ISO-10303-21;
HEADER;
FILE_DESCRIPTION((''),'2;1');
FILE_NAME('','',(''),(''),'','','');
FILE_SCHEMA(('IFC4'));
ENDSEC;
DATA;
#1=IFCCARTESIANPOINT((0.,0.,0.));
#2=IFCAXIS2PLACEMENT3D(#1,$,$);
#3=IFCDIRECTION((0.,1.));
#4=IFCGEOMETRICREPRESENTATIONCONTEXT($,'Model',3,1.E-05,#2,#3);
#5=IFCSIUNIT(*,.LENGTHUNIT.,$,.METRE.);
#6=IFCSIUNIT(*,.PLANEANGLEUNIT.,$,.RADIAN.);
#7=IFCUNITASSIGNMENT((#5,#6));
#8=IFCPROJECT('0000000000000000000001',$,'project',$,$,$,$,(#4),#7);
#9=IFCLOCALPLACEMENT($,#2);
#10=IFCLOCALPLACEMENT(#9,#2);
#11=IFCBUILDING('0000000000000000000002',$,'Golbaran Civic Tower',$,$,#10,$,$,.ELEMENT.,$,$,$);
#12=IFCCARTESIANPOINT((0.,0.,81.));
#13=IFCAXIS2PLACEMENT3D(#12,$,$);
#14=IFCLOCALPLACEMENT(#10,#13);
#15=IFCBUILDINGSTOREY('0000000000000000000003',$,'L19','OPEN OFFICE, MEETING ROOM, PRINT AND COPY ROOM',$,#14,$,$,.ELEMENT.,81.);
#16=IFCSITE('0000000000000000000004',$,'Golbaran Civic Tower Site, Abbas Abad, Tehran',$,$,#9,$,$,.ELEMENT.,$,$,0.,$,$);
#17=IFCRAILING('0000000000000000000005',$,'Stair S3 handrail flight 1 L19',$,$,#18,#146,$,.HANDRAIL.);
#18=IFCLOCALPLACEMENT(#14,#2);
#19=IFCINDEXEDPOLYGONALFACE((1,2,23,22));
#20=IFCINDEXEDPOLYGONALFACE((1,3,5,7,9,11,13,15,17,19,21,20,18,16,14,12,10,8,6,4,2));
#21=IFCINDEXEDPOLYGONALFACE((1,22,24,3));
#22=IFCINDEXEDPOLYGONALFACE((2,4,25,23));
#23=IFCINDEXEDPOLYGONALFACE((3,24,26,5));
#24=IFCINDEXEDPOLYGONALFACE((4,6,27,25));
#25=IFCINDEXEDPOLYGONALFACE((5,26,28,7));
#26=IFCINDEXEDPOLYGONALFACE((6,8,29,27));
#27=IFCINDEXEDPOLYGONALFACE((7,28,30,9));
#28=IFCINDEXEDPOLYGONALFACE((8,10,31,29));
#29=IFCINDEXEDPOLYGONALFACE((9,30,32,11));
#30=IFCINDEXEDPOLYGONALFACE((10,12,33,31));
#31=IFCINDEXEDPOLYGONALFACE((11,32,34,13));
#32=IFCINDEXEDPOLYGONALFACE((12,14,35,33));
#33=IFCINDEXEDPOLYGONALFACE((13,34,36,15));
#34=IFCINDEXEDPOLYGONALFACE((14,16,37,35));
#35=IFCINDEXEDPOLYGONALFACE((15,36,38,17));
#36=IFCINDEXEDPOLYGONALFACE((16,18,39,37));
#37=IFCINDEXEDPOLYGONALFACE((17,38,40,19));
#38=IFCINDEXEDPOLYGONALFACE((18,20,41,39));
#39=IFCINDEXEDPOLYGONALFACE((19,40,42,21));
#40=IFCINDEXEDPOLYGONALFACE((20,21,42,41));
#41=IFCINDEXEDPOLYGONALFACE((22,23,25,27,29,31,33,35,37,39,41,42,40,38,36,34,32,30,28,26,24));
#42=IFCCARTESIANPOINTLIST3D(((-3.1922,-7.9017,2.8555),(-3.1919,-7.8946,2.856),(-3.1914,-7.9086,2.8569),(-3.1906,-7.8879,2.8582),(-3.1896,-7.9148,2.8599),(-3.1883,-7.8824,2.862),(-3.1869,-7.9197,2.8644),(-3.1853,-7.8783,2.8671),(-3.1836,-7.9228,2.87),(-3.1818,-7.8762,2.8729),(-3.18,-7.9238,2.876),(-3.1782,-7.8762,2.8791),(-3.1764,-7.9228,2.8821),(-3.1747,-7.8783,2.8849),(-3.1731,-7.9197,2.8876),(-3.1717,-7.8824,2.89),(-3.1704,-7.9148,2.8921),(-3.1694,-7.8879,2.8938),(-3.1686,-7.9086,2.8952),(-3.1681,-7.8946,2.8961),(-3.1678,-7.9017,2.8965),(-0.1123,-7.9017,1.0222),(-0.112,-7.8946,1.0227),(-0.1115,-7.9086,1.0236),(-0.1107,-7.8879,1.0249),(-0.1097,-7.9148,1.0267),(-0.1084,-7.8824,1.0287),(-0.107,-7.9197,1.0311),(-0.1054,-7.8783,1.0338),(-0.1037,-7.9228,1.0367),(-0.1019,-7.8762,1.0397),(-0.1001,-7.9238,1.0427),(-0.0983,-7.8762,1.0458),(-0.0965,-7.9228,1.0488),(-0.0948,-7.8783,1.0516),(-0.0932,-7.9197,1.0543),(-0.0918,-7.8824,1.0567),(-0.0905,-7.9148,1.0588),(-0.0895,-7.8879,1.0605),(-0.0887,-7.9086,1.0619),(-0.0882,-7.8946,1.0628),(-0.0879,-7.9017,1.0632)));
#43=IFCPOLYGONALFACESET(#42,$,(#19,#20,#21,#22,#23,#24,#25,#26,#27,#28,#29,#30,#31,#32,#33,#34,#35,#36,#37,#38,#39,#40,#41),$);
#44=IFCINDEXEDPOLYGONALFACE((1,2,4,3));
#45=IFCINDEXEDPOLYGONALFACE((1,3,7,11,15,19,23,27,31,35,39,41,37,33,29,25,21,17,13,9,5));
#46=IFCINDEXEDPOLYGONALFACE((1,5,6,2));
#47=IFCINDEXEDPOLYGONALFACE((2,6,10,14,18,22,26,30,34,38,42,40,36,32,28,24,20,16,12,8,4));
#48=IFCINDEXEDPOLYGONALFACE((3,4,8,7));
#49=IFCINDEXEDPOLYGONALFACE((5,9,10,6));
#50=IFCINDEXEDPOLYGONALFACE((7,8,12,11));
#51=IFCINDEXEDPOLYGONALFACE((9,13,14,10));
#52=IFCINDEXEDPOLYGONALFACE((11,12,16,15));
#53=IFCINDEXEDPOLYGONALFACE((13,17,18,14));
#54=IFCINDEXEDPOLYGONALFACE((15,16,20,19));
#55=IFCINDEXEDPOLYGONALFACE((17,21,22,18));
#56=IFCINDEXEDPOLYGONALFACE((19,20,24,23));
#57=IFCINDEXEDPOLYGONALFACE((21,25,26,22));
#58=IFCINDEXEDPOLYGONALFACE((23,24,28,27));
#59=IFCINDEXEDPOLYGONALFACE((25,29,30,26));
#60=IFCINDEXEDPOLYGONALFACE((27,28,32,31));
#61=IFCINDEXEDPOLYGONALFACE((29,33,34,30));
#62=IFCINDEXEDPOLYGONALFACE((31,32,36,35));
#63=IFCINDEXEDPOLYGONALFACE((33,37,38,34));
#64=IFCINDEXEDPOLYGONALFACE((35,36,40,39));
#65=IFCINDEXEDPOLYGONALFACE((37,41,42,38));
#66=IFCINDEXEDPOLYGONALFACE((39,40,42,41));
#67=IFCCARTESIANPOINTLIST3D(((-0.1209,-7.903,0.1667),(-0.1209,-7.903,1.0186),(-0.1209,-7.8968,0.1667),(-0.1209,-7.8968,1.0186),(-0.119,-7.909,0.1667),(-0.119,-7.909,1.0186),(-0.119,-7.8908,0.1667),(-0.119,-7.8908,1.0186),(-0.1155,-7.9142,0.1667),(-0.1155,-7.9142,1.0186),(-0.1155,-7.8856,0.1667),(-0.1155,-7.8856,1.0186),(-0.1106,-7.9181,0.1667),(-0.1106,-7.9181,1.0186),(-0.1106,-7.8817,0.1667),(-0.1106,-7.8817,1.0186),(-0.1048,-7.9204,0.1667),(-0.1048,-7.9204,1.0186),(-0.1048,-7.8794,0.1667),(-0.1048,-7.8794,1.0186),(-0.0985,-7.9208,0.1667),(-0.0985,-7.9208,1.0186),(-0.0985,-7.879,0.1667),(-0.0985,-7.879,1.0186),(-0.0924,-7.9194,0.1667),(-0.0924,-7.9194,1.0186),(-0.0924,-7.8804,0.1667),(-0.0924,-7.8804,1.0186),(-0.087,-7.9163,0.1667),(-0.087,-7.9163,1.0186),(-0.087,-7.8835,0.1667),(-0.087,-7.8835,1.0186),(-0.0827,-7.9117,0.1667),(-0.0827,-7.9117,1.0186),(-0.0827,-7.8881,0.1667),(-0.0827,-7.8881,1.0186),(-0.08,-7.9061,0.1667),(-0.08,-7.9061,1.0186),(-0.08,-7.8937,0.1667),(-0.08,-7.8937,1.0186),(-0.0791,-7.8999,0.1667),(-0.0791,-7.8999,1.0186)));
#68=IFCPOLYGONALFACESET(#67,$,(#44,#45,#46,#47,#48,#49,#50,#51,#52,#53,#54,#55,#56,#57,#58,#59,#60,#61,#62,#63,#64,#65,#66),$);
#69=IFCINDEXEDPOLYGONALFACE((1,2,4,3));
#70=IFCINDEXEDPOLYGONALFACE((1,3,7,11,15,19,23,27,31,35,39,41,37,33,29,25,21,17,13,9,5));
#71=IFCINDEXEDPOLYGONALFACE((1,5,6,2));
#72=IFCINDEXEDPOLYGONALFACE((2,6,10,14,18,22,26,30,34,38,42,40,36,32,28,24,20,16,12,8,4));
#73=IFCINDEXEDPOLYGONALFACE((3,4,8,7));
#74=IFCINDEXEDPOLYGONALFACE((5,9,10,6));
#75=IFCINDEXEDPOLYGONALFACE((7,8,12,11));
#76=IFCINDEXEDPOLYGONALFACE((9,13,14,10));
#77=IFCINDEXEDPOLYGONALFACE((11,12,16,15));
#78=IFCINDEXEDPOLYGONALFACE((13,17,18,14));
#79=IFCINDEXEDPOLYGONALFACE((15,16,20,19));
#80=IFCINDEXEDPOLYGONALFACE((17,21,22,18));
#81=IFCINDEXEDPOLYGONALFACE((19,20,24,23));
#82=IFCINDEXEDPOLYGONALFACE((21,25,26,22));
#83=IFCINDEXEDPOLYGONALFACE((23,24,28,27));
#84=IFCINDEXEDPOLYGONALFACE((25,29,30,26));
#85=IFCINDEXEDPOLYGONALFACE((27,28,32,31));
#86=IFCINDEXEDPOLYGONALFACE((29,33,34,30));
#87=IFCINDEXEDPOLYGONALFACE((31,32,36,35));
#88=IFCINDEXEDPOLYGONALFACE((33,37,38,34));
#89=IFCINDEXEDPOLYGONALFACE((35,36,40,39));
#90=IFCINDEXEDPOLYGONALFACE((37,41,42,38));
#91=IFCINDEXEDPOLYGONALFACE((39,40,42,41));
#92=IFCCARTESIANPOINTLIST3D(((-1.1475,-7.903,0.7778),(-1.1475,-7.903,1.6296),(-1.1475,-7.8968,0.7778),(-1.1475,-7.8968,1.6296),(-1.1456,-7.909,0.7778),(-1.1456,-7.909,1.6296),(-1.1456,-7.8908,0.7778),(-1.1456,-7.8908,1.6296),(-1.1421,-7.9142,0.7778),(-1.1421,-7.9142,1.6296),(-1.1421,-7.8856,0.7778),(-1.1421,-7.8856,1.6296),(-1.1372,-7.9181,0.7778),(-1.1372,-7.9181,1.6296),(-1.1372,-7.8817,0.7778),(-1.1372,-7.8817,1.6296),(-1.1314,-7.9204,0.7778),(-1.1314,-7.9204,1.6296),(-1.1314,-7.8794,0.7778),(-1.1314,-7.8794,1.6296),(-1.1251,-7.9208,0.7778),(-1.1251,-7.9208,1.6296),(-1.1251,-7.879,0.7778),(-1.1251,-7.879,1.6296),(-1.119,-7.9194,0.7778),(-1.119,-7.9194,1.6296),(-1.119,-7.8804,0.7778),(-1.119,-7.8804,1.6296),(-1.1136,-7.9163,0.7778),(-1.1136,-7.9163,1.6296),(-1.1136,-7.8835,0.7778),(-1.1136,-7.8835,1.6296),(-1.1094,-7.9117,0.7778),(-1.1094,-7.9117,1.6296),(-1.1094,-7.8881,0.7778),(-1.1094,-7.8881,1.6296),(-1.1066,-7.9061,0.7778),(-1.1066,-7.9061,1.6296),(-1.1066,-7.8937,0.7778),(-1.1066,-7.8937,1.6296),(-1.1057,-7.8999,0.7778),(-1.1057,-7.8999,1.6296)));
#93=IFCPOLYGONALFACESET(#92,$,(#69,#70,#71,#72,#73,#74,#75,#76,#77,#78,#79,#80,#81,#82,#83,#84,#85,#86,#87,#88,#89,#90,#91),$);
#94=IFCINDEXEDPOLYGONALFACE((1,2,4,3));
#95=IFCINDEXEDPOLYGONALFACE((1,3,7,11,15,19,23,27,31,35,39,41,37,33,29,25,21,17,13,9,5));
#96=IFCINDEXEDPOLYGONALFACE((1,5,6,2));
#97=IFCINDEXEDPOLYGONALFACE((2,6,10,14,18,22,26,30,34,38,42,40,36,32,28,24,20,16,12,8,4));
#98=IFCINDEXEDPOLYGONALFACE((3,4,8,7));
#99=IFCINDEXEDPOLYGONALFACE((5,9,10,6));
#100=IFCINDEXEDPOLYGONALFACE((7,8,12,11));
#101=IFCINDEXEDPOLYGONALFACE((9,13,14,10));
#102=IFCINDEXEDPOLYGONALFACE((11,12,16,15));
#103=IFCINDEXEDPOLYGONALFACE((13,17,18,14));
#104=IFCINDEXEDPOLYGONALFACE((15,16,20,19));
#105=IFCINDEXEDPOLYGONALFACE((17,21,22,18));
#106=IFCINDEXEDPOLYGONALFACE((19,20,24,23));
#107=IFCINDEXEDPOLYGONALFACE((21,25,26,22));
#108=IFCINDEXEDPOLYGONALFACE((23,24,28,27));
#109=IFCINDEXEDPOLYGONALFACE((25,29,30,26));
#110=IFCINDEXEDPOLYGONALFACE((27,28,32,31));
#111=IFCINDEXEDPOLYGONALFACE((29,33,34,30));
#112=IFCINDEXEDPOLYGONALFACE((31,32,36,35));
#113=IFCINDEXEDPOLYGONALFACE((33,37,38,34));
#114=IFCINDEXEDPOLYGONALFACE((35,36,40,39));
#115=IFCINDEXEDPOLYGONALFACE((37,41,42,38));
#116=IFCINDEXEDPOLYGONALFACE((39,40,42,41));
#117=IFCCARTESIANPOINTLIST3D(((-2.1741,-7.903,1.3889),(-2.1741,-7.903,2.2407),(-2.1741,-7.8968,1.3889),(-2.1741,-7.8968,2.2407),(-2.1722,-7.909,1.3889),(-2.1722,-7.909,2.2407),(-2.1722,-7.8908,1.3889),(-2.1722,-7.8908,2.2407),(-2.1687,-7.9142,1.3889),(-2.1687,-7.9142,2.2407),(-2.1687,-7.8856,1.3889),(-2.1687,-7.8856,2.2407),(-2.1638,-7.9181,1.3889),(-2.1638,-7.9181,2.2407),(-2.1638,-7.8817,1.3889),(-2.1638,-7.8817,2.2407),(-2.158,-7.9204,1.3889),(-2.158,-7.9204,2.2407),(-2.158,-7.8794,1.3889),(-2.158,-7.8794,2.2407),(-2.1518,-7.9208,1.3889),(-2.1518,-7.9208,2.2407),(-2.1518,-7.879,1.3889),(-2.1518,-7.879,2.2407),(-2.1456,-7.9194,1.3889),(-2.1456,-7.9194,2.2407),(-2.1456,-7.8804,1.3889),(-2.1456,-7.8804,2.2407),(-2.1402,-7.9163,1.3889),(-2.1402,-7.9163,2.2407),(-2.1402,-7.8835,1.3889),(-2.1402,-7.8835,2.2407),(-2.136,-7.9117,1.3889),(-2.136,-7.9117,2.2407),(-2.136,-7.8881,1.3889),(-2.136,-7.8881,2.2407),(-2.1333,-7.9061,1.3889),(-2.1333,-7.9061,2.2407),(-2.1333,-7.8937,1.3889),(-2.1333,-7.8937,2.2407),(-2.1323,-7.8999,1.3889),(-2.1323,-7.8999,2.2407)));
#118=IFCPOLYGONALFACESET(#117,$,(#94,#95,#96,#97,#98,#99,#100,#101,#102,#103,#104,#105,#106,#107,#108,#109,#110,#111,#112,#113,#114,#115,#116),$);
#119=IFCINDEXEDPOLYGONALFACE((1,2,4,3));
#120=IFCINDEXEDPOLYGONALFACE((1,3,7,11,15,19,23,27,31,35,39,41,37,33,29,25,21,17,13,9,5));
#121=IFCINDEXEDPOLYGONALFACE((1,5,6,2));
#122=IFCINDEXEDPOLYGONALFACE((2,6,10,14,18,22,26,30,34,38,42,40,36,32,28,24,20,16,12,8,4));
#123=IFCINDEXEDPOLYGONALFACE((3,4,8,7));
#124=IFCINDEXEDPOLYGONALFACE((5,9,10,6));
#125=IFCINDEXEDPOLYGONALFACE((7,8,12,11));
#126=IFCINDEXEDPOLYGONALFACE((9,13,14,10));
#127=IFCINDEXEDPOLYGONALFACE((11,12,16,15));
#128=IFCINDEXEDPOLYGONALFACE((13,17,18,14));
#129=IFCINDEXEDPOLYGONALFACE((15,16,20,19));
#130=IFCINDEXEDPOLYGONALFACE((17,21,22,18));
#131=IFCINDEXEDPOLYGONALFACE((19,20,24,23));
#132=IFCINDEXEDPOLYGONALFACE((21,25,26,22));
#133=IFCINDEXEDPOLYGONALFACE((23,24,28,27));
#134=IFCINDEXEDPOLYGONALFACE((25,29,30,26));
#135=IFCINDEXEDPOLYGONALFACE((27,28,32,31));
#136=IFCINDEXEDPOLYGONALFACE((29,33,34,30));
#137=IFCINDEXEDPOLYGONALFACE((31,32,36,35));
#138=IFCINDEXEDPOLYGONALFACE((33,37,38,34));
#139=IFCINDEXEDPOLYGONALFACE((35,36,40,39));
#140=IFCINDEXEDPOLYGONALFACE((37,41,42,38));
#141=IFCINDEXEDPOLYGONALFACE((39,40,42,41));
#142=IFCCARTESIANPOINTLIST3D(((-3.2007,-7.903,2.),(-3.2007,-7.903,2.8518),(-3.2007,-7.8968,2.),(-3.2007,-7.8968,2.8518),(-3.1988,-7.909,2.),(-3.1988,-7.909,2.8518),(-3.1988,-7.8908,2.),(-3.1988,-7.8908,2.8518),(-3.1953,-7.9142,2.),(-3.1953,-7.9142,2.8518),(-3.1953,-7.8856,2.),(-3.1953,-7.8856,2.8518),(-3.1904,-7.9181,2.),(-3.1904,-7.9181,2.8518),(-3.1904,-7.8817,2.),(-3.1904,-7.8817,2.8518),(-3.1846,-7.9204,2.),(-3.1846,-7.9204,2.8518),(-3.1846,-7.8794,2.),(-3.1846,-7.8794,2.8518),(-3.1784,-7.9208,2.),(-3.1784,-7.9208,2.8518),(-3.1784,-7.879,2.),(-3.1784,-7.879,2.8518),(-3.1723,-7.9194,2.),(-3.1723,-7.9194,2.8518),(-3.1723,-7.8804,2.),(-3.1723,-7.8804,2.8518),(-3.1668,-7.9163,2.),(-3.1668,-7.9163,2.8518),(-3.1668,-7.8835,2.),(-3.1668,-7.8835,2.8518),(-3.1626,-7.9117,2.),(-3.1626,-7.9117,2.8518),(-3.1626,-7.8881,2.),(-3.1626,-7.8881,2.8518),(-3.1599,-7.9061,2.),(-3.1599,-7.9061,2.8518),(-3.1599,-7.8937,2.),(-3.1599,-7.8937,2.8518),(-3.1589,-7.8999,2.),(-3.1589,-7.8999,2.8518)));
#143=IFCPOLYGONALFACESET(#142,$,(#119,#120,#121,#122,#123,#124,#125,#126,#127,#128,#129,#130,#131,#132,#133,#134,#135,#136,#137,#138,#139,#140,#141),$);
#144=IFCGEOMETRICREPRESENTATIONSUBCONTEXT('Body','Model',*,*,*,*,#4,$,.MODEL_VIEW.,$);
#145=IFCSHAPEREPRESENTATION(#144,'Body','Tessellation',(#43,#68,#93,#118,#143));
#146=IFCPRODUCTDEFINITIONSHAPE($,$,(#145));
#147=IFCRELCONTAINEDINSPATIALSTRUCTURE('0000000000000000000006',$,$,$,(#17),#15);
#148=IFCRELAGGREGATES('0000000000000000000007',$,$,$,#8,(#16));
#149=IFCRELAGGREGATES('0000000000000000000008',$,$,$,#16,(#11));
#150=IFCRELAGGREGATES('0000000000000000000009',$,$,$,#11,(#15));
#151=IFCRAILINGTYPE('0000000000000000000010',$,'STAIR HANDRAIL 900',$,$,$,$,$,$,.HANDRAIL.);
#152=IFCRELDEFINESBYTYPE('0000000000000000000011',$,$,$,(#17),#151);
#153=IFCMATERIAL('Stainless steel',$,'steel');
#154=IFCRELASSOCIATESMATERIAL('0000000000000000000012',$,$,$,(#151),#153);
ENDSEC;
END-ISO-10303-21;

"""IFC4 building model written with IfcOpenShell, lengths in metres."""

from ifc_helpers import new_model, si_unit, direction, frame, origin, origin_2d, place, context, subcontext, project, spatial, circle, extrude, material, type_object, element, save


model = new_model("IFC4")

# Units and contexts
model_context = context("Model", 3, precision=1e-05, world=origin(), true_north=direction((0.0, 1.0)))
body_context = subcontext(model_context, "Body", "Model", "MODEL_VIEW")
ifc_project = project(units=[si_unit("LENGTHUNIT", "METRE"), si_unit("PLANEANGLEUNIT", "RADIAN")], contexts=[model_context])

# Site, building, storey
site_placement = place(None, origin())
site = spatial("IfcSite", under=ifc_project, at=site_placement, Name="Golbaran Civic Tower Site, Abbas Abad, Tehran", CompositionType="ELEMENT", RefElevation=0.0)
building_placement = place(site_placement, origin())
building = spatial("IfcBuilding", under=site, at=building_placement, Name="Golbaran Civic Tower", CompositionType="ELEMENT")
storey_placement = place(building_placement, frame((0.0, 0.0, 81.0)))
storey = spatial("IfcBuildingStorey", under=building, at=storey_placement, Name="L19", Description="OPEN OFFICE, MEETING ROOM, PRINT AND COPY ROOM", CompositionType="ELEMENT", Elevation=81.0)

# Shared definitions
ifc_material_1 = material(Name="Stainless steel", Category="steel")

# Railing
railing_type = type_object("IfcRailingType", Name="STAIR HANDRAIL 900", PredefinedType="HANDRAIL", material=ifc_material_1)
railing_1_placement = place(storey_placement, frame((-0.1001, -7.8999, 0.1667)))
element("IfcRailing", 1, at=railing_1_placement, inside=storey, type_object=railing_type, Name="Stair S3 handrail flight 1 L19", PredefinedType="HANDRAIL", context=body_context, shape_type="SweptSolid", body=[
    extrude(circle(Radius=0.0239, at=origin_2d()), frame((0.0, 0.0, 0.876), z_axis=(-0.859291, 0.0, 0.511487), x_axis=(0.0, -1.0, 0.0)), (0.0, 0.0, 1.0), 3.5842),
    extrude(circle(Radius=0.021, at=origin_2d()), origin(), (0.0, 0.0, 1.0), 0.8518),
    extrude(circle(Radius=0.021, at=origin_2d()), frame((-1.0266, 0.0, 0.6111)), (0.0, 0.0, 1.0), 0.8518),
    extrude(circle(Radius=0.021, at=origin_2d()), frame((-2.0532, 0.0, 1.2222)), (0.0, 0.0, 1.0), 0.8518),
    extrude(circle(Radius=0.021, at=origin_2d()), frame((-3.0798, 0.0, 1.8333)), (0.0, 0.0, 1.0), 0.8518),
])

save(model, "model.ifc")
